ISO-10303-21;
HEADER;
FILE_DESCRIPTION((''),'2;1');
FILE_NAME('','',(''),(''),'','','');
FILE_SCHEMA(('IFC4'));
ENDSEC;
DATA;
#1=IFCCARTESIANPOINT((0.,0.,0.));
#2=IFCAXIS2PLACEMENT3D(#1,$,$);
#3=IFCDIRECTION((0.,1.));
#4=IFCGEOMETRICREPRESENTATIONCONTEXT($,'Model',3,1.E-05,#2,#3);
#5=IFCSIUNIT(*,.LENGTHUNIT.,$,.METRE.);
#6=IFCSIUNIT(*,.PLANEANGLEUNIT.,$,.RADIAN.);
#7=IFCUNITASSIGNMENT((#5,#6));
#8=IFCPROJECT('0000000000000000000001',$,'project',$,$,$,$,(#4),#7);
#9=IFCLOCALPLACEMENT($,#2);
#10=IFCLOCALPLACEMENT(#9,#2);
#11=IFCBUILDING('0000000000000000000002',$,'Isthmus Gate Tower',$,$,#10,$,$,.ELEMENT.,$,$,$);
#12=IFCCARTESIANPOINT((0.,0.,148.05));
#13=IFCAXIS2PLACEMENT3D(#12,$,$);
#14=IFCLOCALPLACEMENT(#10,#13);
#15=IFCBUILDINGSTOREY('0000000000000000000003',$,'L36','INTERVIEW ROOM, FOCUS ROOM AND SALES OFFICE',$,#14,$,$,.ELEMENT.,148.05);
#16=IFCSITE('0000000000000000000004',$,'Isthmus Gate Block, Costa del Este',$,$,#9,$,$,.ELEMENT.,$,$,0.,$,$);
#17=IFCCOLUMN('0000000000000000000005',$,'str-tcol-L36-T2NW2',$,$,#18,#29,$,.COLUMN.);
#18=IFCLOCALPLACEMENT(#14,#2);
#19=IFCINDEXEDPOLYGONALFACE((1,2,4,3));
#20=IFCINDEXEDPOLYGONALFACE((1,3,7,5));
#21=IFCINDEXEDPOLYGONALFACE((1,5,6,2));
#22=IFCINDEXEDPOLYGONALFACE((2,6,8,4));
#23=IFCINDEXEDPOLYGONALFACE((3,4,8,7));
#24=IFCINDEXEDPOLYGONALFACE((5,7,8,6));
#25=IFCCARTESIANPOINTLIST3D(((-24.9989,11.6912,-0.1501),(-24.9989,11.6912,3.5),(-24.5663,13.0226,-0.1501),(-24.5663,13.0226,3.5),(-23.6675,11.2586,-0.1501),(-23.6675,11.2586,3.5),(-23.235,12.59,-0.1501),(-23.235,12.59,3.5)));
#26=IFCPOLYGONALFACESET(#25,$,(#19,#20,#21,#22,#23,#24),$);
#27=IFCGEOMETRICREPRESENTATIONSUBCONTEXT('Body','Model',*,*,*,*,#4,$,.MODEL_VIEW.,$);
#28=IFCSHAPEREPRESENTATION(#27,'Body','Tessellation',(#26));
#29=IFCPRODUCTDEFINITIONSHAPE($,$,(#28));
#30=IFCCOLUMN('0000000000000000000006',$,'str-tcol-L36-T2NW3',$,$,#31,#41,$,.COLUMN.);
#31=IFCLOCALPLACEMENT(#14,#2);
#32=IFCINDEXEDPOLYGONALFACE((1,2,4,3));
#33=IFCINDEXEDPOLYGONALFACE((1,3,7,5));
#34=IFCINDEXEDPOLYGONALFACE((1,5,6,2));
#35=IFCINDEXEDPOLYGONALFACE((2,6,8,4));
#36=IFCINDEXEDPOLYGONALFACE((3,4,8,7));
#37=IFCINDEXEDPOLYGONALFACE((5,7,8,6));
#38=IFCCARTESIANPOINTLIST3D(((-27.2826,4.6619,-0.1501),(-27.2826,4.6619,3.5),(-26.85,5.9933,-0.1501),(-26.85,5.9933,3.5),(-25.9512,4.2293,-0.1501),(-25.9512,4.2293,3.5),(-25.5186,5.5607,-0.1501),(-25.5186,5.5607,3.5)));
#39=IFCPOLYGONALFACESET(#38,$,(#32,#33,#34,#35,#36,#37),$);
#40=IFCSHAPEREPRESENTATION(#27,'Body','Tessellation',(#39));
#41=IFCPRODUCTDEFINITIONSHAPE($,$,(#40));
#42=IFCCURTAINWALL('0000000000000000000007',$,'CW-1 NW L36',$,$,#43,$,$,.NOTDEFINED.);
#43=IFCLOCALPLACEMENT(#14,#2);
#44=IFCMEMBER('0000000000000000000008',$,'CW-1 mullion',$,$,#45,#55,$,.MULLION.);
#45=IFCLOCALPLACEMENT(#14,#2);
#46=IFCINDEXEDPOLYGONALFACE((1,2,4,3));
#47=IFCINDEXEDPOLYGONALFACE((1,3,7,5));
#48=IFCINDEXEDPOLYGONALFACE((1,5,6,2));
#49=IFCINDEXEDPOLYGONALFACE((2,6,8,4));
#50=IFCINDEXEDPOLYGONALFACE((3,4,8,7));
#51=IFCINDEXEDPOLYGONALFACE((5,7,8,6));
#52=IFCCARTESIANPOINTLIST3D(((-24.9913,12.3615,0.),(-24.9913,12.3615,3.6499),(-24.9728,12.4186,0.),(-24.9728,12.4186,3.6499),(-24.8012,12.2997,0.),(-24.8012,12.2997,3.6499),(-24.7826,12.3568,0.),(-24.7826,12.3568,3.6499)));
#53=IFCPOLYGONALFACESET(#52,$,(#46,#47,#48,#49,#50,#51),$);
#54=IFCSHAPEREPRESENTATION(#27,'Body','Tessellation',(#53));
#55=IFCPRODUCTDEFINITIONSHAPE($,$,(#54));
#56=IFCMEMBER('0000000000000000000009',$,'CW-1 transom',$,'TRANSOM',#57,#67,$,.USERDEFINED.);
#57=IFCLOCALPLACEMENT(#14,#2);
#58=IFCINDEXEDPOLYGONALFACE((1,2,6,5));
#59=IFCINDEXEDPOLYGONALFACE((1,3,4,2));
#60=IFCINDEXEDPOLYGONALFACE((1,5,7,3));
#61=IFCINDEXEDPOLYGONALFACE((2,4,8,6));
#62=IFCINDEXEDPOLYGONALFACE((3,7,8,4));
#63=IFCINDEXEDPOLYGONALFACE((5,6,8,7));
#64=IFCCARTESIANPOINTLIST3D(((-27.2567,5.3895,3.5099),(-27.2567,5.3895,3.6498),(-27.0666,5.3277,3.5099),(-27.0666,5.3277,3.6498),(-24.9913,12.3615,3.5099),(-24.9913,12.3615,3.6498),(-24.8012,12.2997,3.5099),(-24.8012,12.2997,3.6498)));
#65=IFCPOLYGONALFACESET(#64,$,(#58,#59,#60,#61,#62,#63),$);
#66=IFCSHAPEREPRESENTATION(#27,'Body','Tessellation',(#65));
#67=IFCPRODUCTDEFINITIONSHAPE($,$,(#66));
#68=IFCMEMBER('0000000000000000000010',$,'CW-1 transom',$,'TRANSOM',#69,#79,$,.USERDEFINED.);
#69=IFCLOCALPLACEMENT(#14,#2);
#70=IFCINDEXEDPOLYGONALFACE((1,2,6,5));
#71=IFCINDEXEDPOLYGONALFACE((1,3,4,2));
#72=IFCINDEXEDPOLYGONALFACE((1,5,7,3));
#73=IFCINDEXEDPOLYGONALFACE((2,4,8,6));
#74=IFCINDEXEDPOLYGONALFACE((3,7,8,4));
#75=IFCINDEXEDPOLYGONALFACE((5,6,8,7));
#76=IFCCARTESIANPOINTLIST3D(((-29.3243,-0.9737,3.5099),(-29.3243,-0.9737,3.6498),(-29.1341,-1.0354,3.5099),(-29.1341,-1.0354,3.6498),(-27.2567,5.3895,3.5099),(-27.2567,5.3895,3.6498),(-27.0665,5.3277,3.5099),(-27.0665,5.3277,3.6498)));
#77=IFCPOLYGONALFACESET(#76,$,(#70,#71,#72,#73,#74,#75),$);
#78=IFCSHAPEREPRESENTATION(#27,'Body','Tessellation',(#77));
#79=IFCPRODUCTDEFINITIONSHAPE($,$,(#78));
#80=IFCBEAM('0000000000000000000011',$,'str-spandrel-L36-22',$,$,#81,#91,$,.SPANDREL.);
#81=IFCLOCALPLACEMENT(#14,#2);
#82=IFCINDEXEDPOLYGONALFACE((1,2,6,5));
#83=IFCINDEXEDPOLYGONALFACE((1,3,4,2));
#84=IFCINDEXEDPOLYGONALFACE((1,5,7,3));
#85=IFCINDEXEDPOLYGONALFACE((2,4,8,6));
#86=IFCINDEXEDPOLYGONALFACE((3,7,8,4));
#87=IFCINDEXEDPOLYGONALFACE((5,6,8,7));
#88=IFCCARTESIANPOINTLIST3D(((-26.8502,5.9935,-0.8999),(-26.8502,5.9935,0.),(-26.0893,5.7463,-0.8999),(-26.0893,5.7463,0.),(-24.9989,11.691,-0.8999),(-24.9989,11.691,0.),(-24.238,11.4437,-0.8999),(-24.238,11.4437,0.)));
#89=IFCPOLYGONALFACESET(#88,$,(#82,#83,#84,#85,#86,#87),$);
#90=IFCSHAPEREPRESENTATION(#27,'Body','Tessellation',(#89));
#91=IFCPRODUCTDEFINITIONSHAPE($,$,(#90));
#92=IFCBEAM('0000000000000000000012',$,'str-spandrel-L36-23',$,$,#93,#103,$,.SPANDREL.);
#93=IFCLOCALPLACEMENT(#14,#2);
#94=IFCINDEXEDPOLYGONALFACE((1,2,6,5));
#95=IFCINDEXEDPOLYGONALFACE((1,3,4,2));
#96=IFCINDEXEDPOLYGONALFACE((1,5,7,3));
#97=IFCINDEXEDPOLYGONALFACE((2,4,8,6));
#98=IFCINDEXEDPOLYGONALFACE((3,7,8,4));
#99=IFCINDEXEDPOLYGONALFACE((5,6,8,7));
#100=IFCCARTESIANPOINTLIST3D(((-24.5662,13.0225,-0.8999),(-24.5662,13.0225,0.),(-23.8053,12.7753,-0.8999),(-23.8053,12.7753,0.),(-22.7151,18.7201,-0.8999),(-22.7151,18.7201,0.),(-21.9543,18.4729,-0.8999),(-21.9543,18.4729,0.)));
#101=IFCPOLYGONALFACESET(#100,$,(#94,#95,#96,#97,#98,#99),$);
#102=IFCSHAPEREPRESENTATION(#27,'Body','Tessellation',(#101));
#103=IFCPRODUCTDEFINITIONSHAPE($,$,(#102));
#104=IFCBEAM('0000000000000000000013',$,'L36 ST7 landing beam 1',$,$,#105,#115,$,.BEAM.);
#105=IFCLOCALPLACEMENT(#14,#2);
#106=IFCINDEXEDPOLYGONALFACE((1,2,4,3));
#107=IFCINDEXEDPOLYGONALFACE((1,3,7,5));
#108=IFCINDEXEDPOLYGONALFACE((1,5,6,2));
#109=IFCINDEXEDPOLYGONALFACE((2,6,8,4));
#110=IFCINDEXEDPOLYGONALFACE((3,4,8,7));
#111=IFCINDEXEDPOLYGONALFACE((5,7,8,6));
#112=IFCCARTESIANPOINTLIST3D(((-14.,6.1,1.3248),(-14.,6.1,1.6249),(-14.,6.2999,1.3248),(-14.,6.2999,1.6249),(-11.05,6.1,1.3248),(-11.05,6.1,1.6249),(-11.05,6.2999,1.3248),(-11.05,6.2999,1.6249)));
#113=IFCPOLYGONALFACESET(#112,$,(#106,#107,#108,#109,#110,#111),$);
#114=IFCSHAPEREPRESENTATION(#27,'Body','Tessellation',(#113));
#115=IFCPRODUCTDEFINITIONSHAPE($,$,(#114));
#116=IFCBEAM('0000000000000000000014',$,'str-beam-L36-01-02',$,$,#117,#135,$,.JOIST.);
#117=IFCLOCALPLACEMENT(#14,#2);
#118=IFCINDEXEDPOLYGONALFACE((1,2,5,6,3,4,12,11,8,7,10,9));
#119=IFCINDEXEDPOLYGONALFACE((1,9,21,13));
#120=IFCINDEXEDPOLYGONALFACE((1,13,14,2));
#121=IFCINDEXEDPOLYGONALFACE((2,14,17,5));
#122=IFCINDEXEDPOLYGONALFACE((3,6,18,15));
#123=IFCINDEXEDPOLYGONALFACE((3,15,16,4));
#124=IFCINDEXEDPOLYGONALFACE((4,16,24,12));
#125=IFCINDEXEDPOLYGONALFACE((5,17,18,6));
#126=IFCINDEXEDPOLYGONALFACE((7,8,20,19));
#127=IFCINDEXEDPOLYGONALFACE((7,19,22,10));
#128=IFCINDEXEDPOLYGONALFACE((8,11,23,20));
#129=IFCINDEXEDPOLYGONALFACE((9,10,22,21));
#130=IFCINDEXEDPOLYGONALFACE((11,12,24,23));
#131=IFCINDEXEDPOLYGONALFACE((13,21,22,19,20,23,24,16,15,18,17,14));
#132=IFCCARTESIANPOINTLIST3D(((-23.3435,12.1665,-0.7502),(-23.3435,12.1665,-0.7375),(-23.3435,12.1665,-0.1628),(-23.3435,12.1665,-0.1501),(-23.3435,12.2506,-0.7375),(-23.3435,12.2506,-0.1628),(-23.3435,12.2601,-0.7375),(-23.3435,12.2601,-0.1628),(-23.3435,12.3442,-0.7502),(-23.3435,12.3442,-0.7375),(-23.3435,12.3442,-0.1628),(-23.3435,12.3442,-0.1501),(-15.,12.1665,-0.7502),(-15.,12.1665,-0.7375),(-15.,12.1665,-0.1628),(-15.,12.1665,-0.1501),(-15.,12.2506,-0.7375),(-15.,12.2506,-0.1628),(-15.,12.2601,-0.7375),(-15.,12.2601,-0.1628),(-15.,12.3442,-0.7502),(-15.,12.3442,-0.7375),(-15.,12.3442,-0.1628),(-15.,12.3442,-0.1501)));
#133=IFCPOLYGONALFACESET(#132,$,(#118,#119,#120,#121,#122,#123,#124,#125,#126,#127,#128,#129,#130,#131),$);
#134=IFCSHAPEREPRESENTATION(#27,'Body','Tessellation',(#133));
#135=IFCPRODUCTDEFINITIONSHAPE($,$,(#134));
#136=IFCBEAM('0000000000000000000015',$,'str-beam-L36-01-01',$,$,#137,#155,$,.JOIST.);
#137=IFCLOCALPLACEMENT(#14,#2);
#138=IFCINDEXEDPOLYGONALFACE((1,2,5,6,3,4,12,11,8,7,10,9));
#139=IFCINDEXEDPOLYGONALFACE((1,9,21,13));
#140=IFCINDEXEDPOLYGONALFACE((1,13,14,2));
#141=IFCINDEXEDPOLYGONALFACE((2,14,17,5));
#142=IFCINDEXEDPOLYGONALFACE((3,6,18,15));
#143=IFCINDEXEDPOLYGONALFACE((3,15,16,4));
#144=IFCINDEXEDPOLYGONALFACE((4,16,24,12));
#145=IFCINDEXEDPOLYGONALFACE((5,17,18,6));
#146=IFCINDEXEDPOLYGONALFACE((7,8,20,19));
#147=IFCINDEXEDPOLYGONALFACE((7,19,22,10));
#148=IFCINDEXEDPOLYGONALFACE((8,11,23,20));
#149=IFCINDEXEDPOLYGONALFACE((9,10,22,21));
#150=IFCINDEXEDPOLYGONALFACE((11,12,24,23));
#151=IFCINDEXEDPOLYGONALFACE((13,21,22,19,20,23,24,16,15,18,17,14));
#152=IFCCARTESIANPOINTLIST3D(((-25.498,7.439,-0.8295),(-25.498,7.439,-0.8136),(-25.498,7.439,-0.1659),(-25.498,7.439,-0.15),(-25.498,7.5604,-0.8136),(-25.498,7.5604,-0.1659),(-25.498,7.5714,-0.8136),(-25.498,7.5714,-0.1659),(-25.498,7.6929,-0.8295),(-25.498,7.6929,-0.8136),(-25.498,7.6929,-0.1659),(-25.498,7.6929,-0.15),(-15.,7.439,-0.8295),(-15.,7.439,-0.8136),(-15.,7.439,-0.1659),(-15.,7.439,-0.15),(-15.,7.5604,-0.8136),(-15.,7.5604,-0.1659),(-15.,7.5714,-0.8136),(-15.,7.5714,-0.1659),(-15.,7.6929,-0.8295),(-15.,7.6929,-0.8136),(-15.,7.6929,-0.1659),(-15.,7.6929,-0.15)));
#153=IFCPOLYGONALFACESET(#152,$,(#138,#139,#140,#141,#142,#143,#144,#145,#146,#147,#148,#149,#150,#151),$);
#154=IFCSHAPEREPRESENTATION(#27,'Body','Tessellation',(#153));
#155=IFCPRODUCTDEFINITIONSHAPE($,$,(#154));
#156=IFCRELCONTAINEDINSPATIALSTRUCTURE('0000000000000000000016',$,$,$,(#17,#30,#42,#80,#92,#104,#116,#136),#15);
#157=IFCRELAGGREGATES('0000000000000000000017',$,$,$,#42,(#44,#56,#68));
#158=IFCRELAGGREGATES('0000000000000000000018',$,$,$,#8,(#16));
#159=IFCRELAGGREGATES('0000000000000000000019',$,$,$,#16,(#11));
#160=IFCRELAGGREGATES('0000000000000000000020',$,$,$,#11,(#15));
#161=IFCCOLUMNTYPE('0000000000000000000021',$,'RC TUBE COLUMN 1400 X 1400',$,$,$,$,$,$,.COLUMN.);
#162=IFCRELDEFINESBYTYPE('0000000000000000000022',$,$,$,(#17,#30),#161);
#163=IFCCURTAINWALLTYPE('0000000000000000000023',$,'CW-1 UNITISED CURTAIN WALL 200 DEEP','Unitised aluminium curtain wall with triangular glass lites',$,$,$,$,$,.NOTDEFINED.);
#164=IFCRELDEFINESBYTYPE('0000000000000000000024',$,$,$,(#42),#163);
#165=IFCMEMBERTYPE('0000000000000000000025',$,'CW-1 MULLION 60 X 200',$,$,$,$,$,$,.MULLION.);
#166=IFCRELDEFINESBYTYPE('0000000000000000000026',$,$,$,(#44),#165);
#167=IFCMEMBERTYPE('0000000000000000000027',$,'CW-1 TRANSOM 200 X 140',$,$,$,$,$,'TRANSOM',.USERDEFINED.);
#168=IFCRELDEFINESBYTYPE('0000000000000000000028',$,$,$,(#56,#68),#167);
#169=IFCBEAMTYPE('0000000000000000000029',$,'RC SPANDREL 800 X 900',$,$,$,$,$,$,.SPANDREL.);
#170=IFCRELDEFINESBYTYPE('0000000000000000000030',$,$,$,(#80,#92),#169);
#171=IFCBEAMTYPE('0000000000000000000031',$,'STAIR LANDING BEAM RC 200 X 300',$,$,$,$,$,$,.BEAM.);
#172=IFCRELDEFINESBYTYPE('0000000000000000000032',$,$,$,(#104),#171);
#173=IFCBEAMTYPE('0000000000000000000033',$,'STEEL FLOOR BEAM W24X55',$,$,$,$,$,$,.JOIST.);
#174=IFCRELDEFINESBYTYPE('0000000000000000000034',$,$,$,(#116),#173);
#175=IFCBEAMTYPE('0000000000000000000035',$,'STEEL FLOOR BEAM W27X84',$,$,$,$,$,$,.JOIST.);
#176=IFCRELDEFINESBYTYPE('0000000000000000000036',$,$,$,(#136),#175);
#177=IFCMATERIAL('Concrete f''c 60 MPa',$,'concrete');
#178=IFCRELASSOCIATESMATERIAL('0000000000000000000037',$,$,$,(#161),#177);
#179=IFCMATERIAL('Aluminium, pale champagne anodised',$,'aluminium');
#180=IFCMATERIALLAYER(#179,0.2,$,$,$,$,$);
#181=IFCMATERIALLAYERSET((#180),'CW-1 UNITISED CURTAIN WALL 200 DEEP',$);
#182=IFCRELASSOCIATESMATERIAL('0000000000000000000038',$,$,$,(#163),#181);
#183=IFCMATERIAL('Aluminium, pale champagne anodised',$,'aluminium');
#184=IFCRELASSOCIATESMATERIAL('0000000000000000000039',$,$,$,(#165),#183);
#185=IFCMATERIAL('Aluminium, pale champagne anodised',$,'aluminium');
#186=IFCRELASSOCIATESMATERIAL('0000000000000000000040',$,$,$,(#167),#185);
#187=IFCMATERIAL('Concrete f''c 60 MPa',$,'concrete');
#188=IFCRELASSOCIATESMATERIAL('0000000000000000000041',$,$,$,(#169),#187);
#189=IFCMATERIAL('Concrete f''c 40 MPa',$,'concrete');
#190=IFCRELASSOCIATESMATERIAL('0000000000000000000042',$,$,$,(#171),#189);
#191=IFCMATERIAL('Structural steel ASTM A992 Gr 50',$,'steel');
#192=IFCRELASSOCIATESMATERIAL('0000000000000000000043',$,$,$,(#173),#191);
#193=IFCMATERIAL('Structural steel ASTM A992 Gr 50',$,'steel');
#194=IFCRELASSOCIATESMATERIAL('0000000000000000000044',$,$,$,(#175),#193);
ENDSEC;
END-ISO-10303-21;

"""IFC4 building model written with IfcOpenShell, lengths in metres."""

from ifc_helpers import new_model, si_unit, direction, frame, origin, origin_2d, place, context, subcontext, project, spatial, rectangle, i_section, extrude, material, layer, layer_set, material_profile, profile_set, type_object, element, aggregate, save


model = new_model("IFC4")

# Units and contexts
model_context = context("Model", 3, precision=1e-05, world=origin(), true_north=direction((0.0, 1.0)))
body_context = subcontext(model_context, "Body", "Model", "MODEL_VIEW")
ifc_project = project(units=[si_unit("LENGTHUNIT", "METRE"), si_unit("PLANEANGLEUNIT", "RADIAN")], contexts=[model_context])

# Site, building, storey
site_placement = place(None, origin())
site = spatial("IfcSite", under=ifc_project, at=site_placement, Name="Isthmus Gate Block, Costa del Este", CompositionType="ELEMENT", RefElevation=0.0)
building_placement = place(site_placement, origin())
building = spatial("IfcBuilding", under=site, at=building_placement, Name="Isthmus Gate Tower", CompositionType="ELEMENT")
storey_placement = place(building_placement, frame((0.0, 0.0, 148.05)))
storey = spatial("IfcBuildingStorey", under=building, at=storey_placement, Name="L36", Description="INTERVIEW ROOM, FOCUS ROOM AND SALES OFFICE", CompositionType="ELEMENT", Elevation=148.05)

# Columns
ifc_material_1 = material(Name="Concrete f'c 60 MPa", Category="concrete")
ifc_material_profile_1 = material_profile(ifc_material_1, rectangle(XDim=1.3999, YDim=1.3999, at=origin_2d()), Name="RC 1400X1400")
ifc_profile_set_1 = profile_set([ifc_material_profile_1], Name="Concrete f'c 60 MPa")
column_type = type_object("IfcColumnType", Name="RC TUBE COLUMN 1400 X 1400", PredefinedType="COLUMN", material=ifc_profile_set_1)
for number, where, z_axis, x_axis, name in (
    (1, (-24.1169, 12.1406, -0.1501), (0.0, 0.0, 1.0), (-0.309017, -0.951057, 0.0), "str-tcol-L36-T2NW2"),
    (2, (-26.4006, 5.1113, -0.1501), (0.0, 0.0, 1.0), (-0.309017, -0.951057, 0.0), "str-tcol-L36-T2NW3"),
):
    element("IfcColumn", number, at=place(storey_placement, frame(where, z_axis=z_axis, x_axis=x_axis)), inside=storey, type_object=column_type, Name=name, PredefinedType="COLUMN", context=body_context, shape_type="SweptSolid", body=[
        extrude(rectangle(XDim=1.3999, YDim=1.3999, at=origin_2d()), origin(), (0.0, 0.0, 1.0), 3.6501),
    ])

# Curtain wall, members
ifc_material_2 = material(Name="Aluminium, pale champagne anodised", Category="aluminium")
ifc_layer_1 = layer(ifc_material_2, 0.2)
ifc_layer_set_1 = layer_set([ifc_layer_1], Name="CW-1 UNITISED CURTAIN WALL 200 DEEP")
curtain_wall_type = type_object("IfcCurtainWallType", Name="CW-1 UNITISED CURTAIN WALL 200 DEEP", Description="Unitised aluminium curtain wall with triangular glass lites", PredefinedType="NOTDEFINED", material=ifc_layer_set_1)
curtain_wall_placement = place(storey_placement, origin())
curtain_wall = element("IfcCurtainWall", 3, at=curtain_wall_placement, inside=storey, type_object=curtain_wall_type, Name="CW-1 NW L36", PredefinedType="NOTDEFINED")
ifc_material_3 = material(Name="Aluminium, pale champagne anodised", Category="aluminium")
ifc_material_profile_2 = material_profile(ifc_material_3, rectangle(XDim=0.0601, YDim=0.2, at=origin_2d()), Name="60x200")
ifc_profile_set_2 = profile_set([ifc_material_profile_2], Name="Aluminium, pale champagne anodised")
member_type_1 = type_object("IfcMemberType", Name="CW-1 MULLION 60 X 200", PredefinedType="MULLION", material=ifc_profile_set_2)
member_1_placement = place(storey_placement, frame((-24.887, 12.3591, 0.0), z_axis=(0.0, 0.0, 1.0), x_axis=(-0.309017, -0.951057, 0.0)))
member_1 = element("IfcMember", 4, at=member_1_placement, type_object=member_type_1, Name="CW-1 mullion", PredefinedType="MULLION", context=body_context, shape_type="SweptSolid", body=[
    extrude(rectangle(XDim=0.0601, YDim=0.2, at=origin_2d()), origin(), (0.0, 0.0, 1.0), 3.6499),
])
ifc_material_4 = material(Name="Aluminium, pale champagne anodised", Category="aluminium")
ifc_material_profile_3 = material_profile(ifc_material_4, rectangle(XDim=0.2, YDim=0.1399, at=origin_2d()), Name="200x140")
ifc_profile_set_3 = profile_set([ifc_material_profile_3], Name="Aluminium, pale champagne anodised")
member_type_2 = type_object("IfcMemberType", Name="CW-1 TRANSOM 200 X 140", ElementType="TRANSOM", PredefinedType="USERDEFINED", material=ifc_profile_set_3)
member_2_placement = place(storey_placement, frame((-24.8962, 12.3306, 3.5798), z_axis=(-0.309025, -0.951054, 0.0), x_axis=(0.951054, -0.309025, 0.0)))
member_2 = element("IfcMember", 5, at=member_2_placement, type_object=member_type_2, Name="CW-1 transom", ObjectType="TRANSOM", PredefinedType="USERDEFINED", context=body_context, shape_type="SweptSolid", body=[
    extrude(rectangle(XDim=0.2, YDim=0.1399, at=origin_2d()), origin(), (0.0, 0.0, 1.0), 7.3308),
])
member_3_placement = place(storey_placement, frame((-27.1616, 5.3586, 3.5798), z_axis=(-0.309027, -0.951053, 0.0), x_axis=(0.951053, -0.309027, 0.0)))
member_3 = element("IfcMember", 6, at=member_3_placement, type_object=member_type_2, Name="CW-1 transom", ObjectType="TRANSOM", PredefinedType="USERDEFINED", context=body_context, shape_type="SweptSolid", body=[
    extrude(rectangle(XDim=0.2, YDim=0.1399, at=origin_2d()), origin(), (0.0, 0.0, 1.0), 6.6907),
])

# Beams
ifc_material_5 = material(Name="Concrete f'c 60 MPa", Category="concrete")
ifc_material_profile_4 = material_profile(ifc_material_5, rectangle(XDim=0.8, YDim=0.8999, at=origin_2d()), Name="RC 800X900")
ifc_profile_set_4 = profile_set([ifc_material_profile_4], Name="Concrete f'c 60 MPa")
beam_type_1 = type_object("IfcBeamType", Name="RC SPANDREL 800 X 900", PredefinedType="SPANDREL", material=ifc_profile_set_4)
for number, where, z_axis, x_axis, name in (
    (7, (-26.4697, 5.8699, -0.45), (0.30903, 0.951052, 0.0), (-0.951052, 0.30903, 0.0), "str-spandrel-L36-22"),
    (8, (-24.1858, 12.8989, -0.45), (0.308993, 0.951064, 0.0), (-0.951064, 0.308993, 0.0), "str-spandrel-L36-23"),
):
    element("IfcBeam", number, at=place(storey_placement, frame(where, z_axis=z_axis, x_axis=x_axis)), inside=storey, type_object=beam_type_1, Name=name, PredefinedType="SPANDREL", context=body_context, shape_type="SweptSolid", body=[
        extrude(rectangle(XDim=0.8, YDim=0.8999, at=origin_2d()), origin(), (0.0, 0.0, 1.0), 5.9907),
    ])
ifc_material_6 = material(Name="Concrete f'c 40 MPa", Category="concrete")
ifc_material_profile_5 = material_profile(ifc_material_6, rectangle(XDim=0.2, YDim=0.3, at=origin_2d()), Name="STAIR LANDING BEAM RC 200 X 300")
ifc_profile_set_5 = profile_set([ifc_material_profile_5], Name="Concrete f'c 40 MPa")
beam_type_2 = type_object("IfcBeamType", Name="STAIR LANDING BEAM RC 200 X 300", PredefinedType="BEAM", material=ifc_profile_set_5)
beam_1_placement = place(storey_placement, frame((-14.0, 6.2, 1.4749), z_axis=(1.0, 0.0, 0.0), x_axis=(0.0, 1.0, 0.0)))
element("IfcBeam", 9, at=beam_1_placement, inside=storey, type_object=beam_type_2, Name="L36 ST7 landing beam 1", PredefinedType="BEAM", context=body_context, shape_type="SweptSolid", body=[
    extrude(rectangle(XDim=0.2, YDim=0.3, at=origin_2d()), origin(), (0.0, 0.0, 1.0), 2.95),
])
ifc_material_7 = material(Name="Structural steel ASTM A992 Gr 50", Category="steel")
ifc_material_profile_6 = material_profile(ifc_material_7, i_section(OverallWidth=0.1777, OverallDepth=0.6001, WebThickness=0.0095, FlangeThickness=0.0127, at=origin_2d()), Name="W24X55")
ifc_profile_set_6 = profile_set([ifc_material_profile_6], Name="Structural steel ASTM A992 Gr 50")
beam_type_3 = type_object("IfcBeamType", Name="STEEL FLOOR BEAM W24X55", PredefinedType="JOIST", material=ifc_profile_set_6)
beam_2_placement = place(storey_placement, frame((-23.3435, 12.2554, -0.4502), z_axis=(1.0, 0.0, 0.0), x_axis=(0.0, 1.0, 0.0)))
element("IfcBeam", 10, at=beam_2_placement, inside=storey, type_object=beam_type_3, Name="str-beam-L36-01-02", PredefinedType="JOIST", context=body_context, shape_type="SweptSolid", body=[
    extrude(i_section(OverallWidth=0.1777, OverallDepth=0.6001, WebThickness=0.0095, FlangeThickness=0.0127, at=origin_2d()), origin(), (0.0, 0.0, 1.0), 8.3435),
])
ifc_material_8 = material(Name="Structural steel ASTM A992 Gr 50", Category="steel")
ifc_material_profile_7 = material_profile(ifc_material_8, i_section(OverallWidth=0.2539, OverallDepth=0.6794, WebThickness=0.011, FlangeThickness=0.0159, at=origin_2d()), Name="W27X84")
ifc_profile_set_7 = profile_set([ifc_material_profile_7], Name="Structural steel ASTM A992 Gr 50")
beam_type_4 = type_object("IfcBeamType", Name="STEEL FLOOR BEAM W27X84", PredefinedType="JOIST", material=ifc_profile_set_7)
beam_3_placement = place(storey_placement, frame((-25.498, 7.5659, -0.4897), z_axis=(1.0, 0.0, 0.0), x_axis=(0.0, 1.0, 0.0)))
element("IfcBeam", 11, at=beam_3_placement, inside=storey, type_object=beam_type_4, Name="str-beam-L36-01-01", PredefinedType="JOIST", context=body_context, shape_type="SweptSolid", body=[
    extrude(i_section(OverallWidth=0.2539, OverallDepth=0.6794, WebThickness=0.011, FlangeThickness=0.0159, at=origin_2d()), origin(), (0.0, 0.0, 1.0), 10.498),
])

aggregate(curtain_wall, [member_1, member_2, member_3])

save(model, "model.ifc")
